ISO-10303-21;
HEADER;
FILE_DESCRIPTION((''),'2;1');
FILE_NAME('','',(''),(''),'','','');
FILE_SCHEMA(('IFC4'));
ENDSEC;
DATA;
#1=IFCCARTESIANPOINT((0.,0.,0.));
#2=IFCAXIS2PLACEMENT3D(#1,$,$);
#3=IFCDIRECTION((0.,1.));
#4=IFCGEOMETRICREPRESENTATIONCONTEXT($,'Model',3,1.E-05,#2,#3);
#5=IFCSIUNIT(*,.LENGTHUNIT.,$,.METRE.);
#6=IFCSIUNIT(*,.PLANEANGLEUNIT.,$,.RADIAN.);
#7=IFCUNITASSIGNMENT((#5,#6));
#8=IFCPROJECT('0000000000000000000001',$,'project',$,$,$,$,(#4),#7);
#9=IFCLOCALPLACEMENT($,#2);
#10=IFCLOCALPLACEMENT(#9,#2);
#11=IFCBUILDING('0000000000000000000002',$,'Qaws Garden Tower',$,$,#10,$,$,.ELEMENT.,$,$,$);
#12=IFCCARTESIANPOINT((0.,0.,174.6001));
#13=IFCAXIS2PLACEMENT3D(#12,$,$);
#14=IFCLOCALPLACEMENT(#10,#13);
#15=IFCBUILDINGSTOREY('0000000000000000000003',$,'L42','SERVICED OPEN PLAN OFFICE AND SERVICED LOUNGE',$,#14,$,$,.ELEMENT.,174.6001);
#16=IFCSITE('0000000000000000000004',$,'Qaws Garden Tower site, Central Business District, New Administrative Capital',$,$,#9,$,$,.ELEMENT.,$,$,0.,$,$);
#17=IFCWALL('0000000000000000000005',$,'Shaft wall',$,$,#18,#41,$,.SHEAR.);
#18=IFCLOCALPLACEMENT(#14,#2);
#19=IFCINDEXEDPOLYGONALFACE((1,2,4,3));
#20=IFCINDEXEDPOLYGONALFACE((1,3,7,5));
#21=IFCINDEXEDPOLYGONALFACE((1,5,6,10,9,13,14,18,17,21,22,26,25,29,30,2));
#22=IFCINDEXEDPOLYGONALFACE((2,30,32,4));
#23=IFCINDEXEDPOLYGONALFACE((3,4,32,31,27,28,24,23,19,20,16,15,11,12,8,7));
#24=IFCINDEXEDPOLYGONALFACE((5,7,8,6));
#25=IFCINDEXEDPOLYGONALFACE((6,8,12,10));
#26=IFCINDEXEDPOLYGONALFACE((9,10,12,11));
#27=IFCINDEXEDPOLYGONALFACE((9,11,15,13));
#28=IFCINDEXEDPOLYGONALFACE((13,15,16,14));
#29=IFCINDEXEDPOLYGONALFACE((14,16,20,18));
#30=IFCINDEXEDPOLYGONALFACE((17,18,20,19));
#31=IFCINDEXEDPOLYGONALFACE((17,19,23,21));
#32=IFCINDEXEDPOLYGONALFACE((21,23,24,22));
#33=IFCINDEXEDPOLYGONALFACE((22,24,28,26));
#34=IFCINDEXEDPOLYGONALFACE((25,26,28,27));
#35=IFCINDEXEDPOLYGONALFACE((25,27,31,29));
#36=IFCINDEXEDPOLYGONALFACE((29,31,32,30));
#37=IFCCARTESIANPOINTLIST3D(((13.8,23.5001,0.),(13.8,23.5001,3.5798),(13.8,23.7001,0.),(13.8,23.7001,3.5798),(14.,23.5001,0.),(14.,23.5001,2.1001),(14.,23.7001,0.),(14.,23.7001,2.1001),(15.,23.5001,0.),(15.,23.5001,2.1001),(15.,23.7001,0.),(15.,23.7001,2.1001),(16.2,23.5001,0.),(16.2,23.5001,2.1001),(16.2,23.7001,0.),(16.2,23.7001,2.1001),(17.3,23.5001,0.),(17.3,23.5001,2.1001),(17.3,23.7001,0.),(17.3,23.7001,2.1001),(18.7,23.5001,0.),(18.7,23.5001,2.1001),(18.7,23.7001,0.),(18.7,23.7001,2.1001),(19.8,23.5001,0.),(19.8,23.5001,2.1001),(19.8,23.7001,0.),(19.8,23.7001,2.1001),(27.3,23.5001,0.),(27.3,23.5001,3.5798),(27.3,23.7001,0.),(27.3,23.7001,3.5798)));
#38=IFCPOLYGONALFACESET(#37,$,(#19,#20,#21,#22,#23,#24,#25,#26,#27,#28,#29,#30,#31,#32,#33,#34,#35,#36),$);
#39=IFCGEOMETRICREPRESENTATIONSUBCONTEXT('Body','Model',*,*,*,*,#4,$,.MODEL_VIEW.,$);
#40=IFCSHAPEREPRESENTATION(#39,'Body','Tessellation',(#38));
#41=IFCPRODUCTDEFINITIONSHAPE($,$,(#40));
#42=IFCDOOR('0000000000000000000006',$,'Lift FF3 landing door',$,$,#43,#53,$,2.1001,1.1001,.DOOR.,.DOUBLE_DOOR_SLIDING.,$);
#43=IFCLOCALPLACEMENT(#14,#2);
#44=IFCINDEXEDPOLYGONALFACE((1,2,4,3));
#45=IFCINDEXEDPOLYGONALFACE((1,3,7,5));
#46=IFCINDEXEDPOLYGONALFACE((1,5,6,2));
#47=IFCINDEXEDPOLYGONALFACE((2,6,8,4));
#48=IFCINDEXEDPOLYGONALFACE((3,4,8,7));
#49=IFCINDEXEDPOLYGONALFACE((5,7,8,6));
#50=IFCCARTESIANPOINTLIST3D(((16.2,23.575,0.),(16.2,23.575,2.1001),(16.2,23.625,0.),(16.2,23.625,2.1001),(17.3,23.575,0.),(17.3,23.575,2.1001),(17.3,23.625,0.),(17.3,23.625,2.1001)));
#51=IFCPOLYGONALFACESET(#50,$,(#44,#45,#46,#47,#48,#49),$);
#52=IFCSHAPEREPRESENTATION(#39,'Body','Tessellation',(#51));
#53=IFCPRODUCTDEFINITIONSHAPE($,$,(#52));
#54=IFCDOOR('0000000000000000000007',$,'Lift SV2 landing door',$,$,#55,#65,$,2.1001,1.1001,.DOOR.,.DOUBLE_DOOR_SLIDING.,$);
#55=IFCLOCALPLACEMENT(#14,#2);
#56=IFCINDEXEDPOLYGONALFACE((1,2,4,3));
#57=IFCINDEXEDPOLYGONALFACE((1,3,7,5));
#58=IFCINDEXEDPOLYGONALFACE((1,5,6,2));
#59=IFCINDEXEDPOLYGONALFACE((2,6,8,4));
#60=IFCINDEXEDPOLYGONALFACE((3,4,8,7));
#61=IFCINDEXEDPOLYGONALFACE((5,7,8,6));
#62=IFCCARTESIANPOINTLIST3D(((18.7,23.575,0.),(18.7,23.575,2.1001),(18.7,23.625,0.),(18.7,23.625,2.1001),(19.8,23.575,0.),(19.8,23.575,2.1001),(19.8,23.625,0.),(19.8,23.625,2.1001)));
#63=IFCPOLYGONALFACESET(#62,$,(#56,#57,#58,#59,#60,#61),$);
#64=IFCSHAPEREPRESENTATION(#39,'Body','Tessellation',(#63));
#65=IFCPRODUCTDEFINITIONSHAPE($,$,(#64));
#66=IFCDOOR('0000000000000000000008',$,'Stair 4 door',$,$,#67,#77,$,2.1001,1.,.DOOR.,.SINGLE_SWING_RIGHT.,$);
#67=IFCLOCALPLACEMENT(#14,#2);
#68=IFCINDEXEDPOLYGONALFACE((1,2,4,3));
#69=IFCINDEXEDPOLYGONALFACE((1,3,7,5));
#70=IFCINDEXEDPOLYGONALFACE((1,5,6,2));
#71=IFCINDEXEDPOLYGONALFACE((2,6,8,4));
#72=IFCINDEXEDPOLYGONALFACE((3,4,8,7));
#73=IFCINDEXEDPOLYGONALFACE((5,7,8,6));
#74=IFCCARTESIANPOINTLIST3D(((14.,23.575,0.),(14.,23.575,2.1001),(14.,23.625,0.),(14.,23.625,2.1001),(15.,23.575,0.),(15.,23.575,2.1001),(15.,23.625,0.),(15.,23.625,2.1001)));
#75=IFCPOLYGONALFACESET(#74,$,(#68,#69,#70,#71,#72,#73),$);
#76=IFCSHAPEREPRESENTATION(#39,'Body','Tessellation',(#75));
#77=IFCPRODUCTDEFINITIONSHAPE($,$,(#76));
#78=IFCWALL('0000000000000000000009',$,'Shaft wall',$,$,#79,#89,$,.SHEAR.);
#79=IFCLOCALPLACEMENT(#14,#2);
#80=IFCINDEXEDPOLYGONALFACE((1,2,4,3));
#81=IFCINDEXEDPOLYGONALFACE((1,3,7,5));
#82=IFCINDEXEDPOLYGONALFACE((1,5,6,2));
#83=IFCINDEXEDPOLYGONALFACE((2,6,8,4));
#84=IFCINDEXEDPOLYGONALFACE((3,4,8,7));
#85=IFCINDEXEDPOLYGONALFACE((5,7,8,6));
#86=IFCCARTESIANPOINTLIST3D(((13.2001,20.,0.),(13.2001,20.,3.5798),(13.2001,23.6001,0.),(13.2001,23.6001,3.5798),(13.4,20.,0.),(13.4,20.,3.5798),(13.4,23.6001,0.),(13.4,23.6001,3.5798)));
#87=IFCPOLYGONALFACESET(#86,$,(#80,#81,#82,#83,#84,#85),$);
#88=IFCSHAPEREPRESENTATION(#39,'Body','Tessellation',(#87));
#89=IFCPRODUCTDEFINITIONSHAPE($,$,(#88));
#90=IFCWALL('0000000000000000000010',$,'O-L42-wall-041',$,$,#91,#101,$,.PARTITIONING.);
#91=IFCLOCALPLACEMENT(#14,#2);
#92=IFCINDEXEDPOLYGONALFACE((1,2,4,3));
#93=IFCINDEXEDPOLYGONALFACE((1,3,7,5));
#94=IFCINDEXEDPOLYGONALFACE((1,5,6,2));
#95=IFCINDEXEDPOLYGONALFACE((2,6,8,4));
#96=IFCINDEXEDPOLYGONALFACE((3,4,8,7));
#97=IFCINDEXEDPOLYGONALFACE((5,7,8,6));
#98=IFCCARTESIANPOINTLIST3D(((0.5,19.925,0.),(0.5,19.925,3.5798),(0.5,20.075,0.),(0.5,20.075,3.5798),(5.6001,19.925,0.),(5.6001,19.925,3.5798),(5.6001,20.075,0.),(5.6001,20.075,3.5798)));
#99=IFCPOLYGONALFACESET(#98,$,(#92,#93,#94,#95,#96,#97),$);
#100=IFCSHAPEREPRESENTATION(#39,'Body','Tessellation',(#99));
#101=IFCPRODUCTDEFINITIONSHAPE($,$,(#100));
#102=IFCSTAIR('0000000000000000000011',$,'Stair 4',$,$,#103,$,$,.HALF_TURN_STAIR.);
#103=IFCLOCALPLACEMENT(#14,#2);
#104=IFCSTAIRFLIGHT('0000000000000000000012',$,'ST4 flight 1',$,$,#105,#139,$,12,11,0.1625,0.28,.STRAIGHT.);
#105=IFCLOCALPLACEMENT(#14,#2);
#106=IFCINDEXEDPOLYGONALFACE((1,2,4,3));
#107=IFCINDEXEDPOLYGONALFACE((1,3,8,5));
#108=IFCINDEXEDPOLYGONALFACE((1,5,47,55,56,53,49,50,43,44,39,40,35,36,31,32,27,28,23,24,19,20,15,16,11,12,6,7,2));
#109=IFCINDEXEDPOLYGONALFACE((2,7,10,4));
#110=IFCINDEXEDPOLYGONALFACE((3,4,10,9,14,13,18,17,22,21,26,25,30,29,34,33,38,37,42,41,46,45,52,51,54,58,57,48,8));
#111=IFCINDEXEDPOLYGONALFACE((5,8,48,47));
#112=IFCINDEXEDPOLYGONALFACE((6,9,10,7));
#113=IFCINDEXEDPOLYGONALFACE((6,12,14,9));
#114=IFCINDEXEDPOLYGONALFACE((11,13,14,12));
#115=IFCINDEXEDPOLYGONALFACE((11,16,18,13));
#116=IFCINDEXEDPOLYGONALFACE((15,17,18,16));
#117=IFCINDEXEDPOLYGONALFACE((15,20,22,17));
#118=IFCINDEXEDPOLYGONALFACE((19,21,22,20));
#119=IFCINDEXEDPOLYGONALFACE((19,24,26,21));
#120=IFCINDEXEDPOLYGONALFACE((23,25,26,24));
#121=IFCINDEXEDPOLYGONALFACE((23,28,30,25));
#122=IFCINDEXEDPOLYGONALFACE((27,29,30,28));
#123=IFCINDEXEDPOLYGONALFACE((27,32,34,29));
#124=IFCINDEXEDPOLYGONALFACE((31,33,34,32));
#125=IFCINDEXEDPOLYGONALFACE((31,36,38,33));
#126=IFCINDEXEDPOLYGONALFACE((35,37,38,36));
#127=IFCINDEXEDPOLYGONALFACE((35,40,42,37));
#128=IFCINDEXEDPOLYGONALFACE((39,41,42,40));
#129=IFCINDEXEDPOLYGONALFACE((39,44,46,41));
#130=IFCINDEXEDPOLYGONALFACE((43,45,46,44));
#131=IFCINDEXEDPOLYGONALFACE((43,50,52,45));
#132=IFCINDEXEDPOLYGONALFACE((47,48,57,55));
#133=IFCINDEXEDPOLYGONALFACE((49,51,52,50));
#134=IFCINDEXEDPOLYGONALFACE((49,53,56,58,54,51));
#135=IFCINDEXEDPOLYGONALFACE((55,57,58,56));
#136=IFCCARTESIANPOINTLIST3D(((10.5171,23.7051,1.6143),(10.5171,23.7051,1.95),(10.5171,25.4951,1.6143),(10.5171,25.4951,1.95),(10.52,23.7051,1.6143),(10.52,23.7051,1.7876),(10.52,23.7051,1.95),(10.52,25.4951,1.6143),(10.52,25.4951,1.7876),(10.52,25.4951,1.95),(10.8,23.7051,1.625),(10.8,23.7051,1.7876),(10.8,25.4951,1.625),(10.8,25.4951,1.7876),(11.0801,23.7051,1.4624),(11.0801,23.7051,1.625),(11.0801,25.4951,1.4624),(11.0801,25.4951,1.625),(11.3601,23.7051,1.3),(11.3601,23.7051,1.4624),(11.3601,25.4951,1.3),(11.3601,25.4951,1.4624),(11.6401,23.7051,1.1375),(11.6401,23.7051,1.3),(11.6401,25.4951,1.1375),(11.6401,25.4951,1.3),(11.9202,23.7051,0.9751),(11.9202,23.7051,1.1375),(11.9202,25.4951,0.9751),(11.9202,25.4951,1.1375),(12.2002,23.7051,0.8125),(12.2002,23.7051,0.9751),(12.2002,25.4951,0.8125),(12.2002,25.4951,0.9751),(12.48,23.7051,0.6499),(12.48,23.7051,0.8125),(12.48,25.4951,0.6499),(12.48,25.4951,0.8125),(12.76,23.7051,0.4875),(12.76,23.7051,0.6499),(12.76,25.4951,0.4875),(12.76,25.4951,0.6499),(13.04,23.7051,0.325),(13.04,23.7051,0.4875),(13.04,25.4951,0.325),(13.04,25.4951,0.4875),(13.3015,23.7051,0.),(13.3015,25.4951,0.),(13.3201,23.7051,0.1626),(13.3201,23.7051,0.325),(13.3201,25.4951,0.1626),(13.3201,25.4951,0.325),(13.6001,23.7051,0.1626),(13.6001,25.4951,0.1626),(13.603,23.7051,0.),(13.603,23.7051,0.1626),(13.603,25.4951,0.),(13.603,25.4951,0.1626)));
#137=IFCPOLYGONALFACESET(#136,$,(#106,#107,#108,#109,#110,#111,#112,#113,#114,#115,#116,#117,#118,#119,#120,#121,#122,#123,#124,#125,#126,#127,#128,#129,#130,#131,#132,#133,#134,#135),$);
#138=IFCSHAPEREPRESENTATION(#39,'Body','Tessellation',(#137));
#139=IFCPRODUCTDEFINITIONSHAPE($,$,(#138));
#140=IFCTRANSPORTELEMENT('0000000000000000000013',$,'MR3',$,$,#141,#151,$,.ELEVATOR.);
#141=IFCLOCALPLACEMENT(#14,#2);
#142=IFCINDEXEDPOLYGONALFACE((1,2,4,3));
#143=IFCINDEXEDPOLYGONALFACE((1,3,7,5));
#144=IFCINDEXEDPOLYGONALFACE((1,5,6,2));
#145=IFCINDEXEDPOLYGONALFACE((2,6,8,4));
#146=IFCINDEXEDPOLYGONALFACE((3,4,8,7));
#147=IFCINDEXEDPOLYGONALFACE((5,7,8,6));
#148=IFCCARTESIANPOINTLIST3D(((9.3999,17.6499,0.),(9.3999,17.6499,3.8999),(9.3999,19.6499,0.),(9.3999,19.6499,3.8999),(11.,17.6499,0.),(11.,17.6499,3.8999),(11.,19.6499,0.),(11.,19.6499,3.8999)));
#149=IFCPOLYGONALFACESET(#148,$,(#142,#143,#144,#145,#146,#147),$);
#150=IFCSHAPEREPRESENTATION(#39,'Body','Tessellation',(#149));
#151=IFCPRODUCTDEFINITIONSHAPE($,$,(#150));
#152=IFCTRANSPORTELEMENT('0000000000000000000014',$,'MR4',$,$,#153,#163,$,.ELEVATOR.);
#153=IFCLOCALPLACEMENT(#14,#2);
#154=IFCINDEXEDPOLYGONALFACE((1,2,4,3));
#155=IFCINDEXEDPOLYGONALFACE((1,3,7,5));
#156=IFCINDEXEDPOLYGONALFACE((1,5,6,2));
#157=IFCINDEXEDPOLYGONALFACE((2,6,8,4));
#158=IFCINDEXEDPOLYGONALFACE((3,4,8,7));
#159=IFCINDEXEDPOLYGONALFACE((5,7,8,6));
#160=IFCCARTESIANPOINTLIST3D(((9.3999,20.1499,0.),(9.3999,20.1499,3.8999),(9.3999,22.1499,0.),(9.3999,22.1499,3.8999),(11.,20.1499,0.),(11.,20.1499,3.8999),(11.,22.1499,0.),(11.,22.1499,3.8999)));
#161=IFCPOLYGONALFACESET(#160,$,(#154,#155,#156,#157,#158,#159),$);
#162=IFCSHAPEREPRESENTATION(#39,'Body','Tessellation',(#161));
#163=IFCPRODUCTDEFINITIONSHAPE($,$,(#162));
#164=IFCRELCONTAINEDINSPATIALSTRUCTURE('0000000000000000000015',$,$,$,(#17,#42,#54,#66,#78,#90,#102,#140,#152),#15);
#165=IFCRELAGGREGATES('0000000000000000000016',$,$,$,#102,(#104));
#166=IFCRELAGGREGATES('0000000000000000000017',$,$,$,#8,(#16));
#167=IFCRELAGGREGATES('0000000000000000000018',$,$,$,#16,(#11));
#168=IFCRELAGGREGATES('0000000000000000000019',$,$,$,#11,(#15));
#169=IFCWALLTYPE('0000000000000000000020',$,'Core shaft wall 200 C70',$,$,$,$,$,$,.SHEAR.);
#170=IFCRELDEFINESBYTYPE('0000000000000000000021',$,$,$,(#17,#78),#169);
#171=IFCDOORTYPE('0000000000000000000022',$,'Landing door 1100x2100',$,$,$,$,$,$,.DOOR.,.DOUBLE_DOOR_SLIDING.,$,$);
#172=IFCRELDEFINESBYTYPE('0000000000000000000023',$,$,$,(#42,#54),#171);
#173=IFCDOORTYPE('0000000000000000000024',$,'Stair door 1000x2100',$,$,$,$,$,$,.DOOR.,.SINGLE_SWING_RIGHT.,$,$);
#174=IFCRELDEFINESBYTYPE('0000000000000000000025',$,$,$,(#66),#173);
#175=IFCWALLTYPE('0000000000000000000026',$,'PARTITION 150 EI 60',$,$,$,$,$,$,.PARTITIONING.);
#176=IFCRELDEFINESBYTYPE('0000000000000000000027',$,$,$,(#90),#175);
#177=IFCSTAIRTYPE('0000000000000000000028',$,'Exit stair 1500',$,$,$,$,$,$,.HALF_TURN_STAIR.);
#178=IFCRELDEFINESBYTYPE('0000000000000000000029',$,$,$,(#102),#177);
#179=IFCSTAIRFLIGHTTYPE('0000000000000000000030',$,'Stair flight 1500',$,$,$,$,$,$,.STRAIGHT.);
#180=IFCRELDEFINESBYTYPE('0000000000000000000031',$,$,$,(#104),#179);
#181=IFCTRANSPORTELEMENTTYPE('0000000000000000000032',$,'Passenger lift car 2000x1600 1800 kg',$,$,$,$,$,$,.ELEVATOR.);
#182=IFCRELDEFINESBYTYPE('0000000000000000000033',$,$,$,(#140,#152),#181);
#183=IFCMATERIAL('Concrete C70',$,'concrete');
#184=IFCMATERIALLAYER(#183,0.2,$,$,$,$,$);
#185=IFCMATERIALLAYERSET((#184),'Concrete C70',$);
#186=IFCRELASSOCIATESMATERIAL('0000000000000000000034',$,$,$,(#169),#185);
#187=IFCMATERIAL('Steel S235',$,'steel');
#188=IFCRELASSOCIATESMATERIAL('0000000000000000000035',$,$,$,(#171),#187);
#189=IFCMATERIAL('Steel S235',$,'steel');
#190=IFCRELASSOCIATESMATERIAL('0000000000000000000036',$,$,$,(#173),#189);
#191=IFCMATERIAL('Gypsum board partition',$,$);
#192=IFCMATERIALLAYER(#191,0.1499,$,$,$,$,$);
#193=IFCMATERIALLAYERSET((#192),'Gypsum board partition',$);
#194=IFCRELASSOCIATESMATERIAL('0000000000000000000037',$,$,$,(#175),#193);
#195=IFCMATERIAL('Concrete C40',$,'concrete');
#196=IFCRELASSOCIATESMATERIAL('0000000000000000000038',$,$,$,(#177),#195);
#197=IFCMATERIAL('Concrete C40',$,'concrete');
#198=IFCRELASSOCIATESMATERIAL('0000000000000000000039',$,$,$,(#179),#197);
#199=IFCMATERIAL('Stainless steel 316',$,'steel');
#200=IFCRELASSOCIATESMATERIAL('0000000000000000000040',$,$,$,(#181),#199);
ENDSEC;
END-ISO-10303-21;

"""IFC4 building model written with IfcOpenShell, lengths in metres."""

from ifc_helpers import new_model, si_unit, direction, frame, frame_2d, origin, origin_2d, place, context, subcontext, project, spatial, polyline, rectangle, outline, extrude, material, layer, layer_set, type_object, element, fill, aggregate, save


model = new_model("IFC4")

# Units and contexts
model_context = context("Model", 3, precision=1e-05, world=origin(), true_north=direction((0.0, 1.0)))
body_context = subcontext(model_context, "Body", "Model", "MODEL_VIEW")
ifc_project = project(units=[si_unit("LENGTHUNIT", "METRE"), si_unit("PLANEANGLEUNIT", "RADIAN")], contexts=[model_context])

# Site, building, storey
site_placement = place(None, origin())
site = spatial("IfcSite", under=ifc_project, at=site_placement, Name="Qaws Garden Tower site, Central Business District, New Administrative Capital", CompositionType="ELEMENT", RefElevation=0.0)
building_placement = place(site_placement, origin())
building = spatial("IfcBuilding", under=site, at=building_placement, Name="Qaws Garden Tower", CompositionType="ELEMENT")
storey_placement = place(building_placement, frame((0.0, 0.0, 174.6001)))
storey = spatial("IfcBuildingStorey", under=building, at=storey_placement, Name="L42", Description="SERVICED OPEN PLAN OFFICE AND SERVICED LOUNGE", CompositionType="ELEMENT", Elevation=174.6001)

# Shared definitions
ifc_material_1 = material(Name="Concrete C70", Category="concrete")
ifc_layer_1 = layer(ifc_material_1, 0.2)
ifc_layer_set_1 = layer_set([ifc_layer_1], Name="Concrete C70")
wall_type_1 = type_object("IfcWallType", Name="Core shaft wall 200 C70", PredefinedType="SHEAR", material=ifc_layer_set_1)

# Wall, openings, doors
wall_1_placement = place(storey_placement, frame((13.8, 23.6001, 0.0), z_axis=(0.0, 0.0, 1.0), x_axis=(1.0, 0.0, 0.0)))
wall_1 = element("IfcWall", 1, at=wall_1_placement, inside=storey, type_object=wall_type_1, Name="Shaft wall", PredefinedType="SHEAR", context=body_context, shape_type="SweptSolid", body=[
    extrude(rectangle(XDim=13.5, YDim=0.2, at=frame_2d((6.75, 0.0))), origin(), (0.0, 0.0, 1.0), 3.5798),
])
opening_1_placement = place(wall_1_placement, frame((2.3999, 0.0, 0.0)))
opening_1 = element("IfcOpeningElement", 2, at=opening_1_placement, cuts=wall_1, PredefinedType="OPENING", context=body_context, shape_type="SweptSolid", body=[
    extrude(rectangle(XDim=1.1001, YDim=2.1001, at=frame_2d((0.55, 1.05))), frame((0.0, 0.1099, 0.0), z_axis=(0.0, -1.0, 0.0), x_axis=(1.0, 0.0, 0.0)), (0.0, 0.0, 1.0), 0.22),
])
opening_2_placement = place(wall_1_placement, frame((4.8999, 0.0, 0.0)))
opening_2 = element("IfcOpeningElement", 3, at=opening_2_placement, cuts=wall_1, PredefinedType="OPENING", context=body_context, shape_type="SweptSolid", body=[
    extrude(rectangle(XDim=1.1001, YDim=2.1001, at=frame_2d((0.55, 1.05))), frame((0.0, 0.1099, 0.0), z_axis=(0.0, -1.0, 0.0), x_axis=(1.0, 0.0, 0.0)), (0.0, 0.0, 1.0), 0.22),
])
opening_3_placement = place(wall_1_placement, frame((0.2, 0.0, 0.0)))
opening_3 = element("IfcOpeningElement", 4, at=opening_3_placement, cuts=wall_1, PredefinedType="OPENING", context=body_context, shape_type="SweptSolid", body=[
    extrude(rectangle(XDim=1.0, YDim=2.1001, at=frame_2d((0.5, 1.05))), frame((0.0, 0.1099, 0.0), z_axis=(0.0, -1.0, 0.0), x_axis=(1.0, 0.0, 0.0)), (0.0, 0.0, 1.0), 0.22),
])
ifc_material_2 = material(Name="Steel S235", Category="steel")
door_type_1 = type_object("IfcDoorType", Name="Landing door 1100x2100", OperationType="DOUBLE_DOOR_SLIDING", PredefinedType="DOOR", material=ifc_material_2)
door_1_placement = place(opening_1_placement, origin())
door_1 = element("IfcDoor", 5, at=door_1_placement, inside=storey, type_object=door_type_1, Name="Lift FF3 landing door", OperationType="DOUBLE_DOOR_SLIDING", OverallHeight=2.1001, OverallWidth=1.1001, PredefinedType="DOOR", context=body_context, shape_type="SweptSolid", body=[
    extrude(rectangle(XDim=1.1001, YDim=2.1001, at=frame_2d((0.55, 1.05))), frame((0.0, 0.0249, 0.0), z_axis=(0.0, -1.0, 0.0), x_axis=(1.0, 0.0, 0.0)), (0.0, 0.0, 1.0), 0.05),
])
fill(opening_1, door_1)
door_2_placement = place(opening_2_placement, origin())
door_2 = element("IfcDoor", 6, at=door_2_placement, inside=storey, type_object=door_type_1, Name="Lift SV2 landing door", OperationType="DOUBLE_DOOR_SLIDING", OverallHeight=2.1001, OverallWidth=1.1001, PredefinedType="DOOR", context=body_context, shape_type="SweptSolid", body=[
    extrude(rectangle(XDim=1.1001, YDim=2.1001, at=frame_2d((0.55, 1.05))), frame((0.0, 0.0249, 0.0), z_axis=(0.0, -1.0, 0.0), x_axis=(1.0, 0.0, 0.0)), (0.0, 0.0, 1.0), 0.05),
])
fill(opening_2, door_2)
ifc_material_3 = material(Name="Steel S235", Category="steel")
door_type_2 = type_object("IfcDoorType", Name="Stair door 1000x2100", OperationType="SINGLE_SWING_RIGHT", PredefinedType="DOOR", material=ifc_material_3)
door_3_placement = place(opening_3_placement, origin())
door_3 = element("IfcDoor", 7, at=door_3_placement, inside=storey, type_object=door_type_2, Name="Stair 4 door", OperationType="SINGLE_SWING_RIGHT", OverallHeight=2.1001, OverallWidth=1.0, PredefinedType="DOOR", context=body_context, shape_type="SweptSolid", body=[
    extrude(rectangle(XDim=1.0, YDim=2.1001, at=frame_2d((0.5, 1.05))), frame((0.0, 0.0249, 0.0), z_axis=(0.0, -1.0, 0.0), x_axis=(1.0, 0.0, 0.0)), (0.0, 0.0, 1.0), 0.05),
])
fill(opening_3, door_3)

# Walls
wall_2_placement = place(storey_placement, frame((13.3, 20.0, 0.0), z_axis=(0.0, 0.0, 1.0), x_axis=(0.0, 1.0, 0.0)))
element("IfcWall", 8, at=wall_2_placement, inside=storey, type_object=wall_type_1, Name="Shaft wall", PredefinedType="SHEAR", context=body_context, shape_type="SweptSolid", body=[
    extrude(rectangle(XDim=3.6001, YDim=0.2, at=frame_2d((1.8, 0.0))), origin(), (0.0, 0.0, 1.0), 3.5798),
])
ifc_material_4 = material(Name="Gypsum board partition")
ifc_layer_2 = layer(ifc_material_4, 0.1499)
ifc_layer_set_2 = layer_set([ifc_layer_2], Name="Gypsum board partition")
wall_type_2 = type_object("IfcWallType", Name="PARTITION 150 EI 60", PredefinedType="PARTITIONING", material=ifc_layer_set_2)
wall_3_placement = place(storey_placement, frame((0.5, 20.0, 0.0), z_axis=(0.0, 0.0, 1.0), x_axis=(1.0, 0.0, 0.0)))
element("IfcWall", 9, at=wall_3_placement, inside=storey, type_object=wall_type_2, Name="O-L42-wall-041", PredefinedType="PARTITIONING", context=body_context, shape_type="SweptSolid", body=[
    extrude(rectangle(XDim=5.1001, YDim=0.1499, at=frame_2d((2.55, 0.0))), origin(), (0.0, 0.0, 1.0), 3.5798),
])

# Stair, stair flight
ifc_material_5 = material(Name="Concrete C40", Category="concrete")
stair_type = type_object("IfcStairType", Name="Exit stair 1500", PredefinedType="HALF_TURN_STAIR", material=ifc_material_5)
stair_placement = place(storey_placement, origin())
stair = element("IfcStair", 10, at=stair_placement, inside=storey, type_object=stair_type, Name="Stair 4", PredefinedType="HALF_TURN_STAIR")
ifc_material_6 = material(Name="Concrete C40", Category="concrete")
stair_flight_type = type_object("IfcStairFlightType", Name="Stair flight 1500", PredefinedType="STRAIGHT", material=ifc_material_6)
stair_flight_placement = place(storey_placement, frame((13.6001, 24.6001, 0.0), z_axis=(0.0, 0.0, 1.0), x_axis=(-1.0, 0.0, 0.0)))
stair_flight = element("IfcStairFlight", 11, at=stair_flight_placement, type_object=stair_flight_type, Name="ST4 flight 1", NumberOfRisers=12, NumberOfTreads=11, PredefinedType="STRAIGHT", RiserHeight=0.1625, TreadLength=0.28, context=body_context, shape_type="SweptSolid", body=[
    extrude(outline(polyline([(-0.0029, 0.0), (-0.0029, 0.1626), (0.0, 0.1626), (0.28, 0.1626), (0.28, 0.325), (0.5601, 0.325), (0.5601, 0.4875), (0.8401, 0.4875), (0.8401, 0.6499), (1.1201, 0.6499), (1.1201, 0.8125), (1.3999, 0.8125), (1.3999, 0.9751), (1.6799, 0.9751), (1.6799, 1.1375), (1.96, 1.1375), (1.96, 1.3), (2.24, 1.3), (2.24, 1.4624), (2.52, 1.4624), (2.52, 1.625), (2.8, 1.625), (2.8, 1.7876), (3.0801, 1.7876), (3.0801, 1.95), (3.083, 1.95), (3.083, 1.6143), (3.0801, 1.6143), (0.2986, 0.0), (-0.0029, 0.0)])), frame((0.0, 0.895, 0.0), z_axis=(0.0, -1.0, 0.0), x_axis=(1.0, 0.0, 0.0)), (0.0, 0.0, 1.0), 1.79),
])
aggregate(stair, [stair_flight])

# Transport elements
ifc_material_7 = material(Name="Stainless steel 316", Category="steel")
transport_element_type = type_object("IfcTransportElementType", Name="Passenger lift car 2000x1600 1800 kg", PredefinedType="ELEVATOR", material=ifc_material_7)
for number, where, z_axis, x_axis, name in (
    (12, (10.2, 18.6499, 0.0), (0.0, 0.0, 1.0), (1.0, 0.0, 0.0), "MR3"),
    (13, (10.2, 21.1499, 0.0), (0.0, 0.0, 1.0), (1.0, 0.0, 0.0), "MR4"),
):
    element("IfcTransportElement", number, at=place(storey_placement, frame(where, z_axis=z_axis, x_axis=x_axis)), inside=storey, type_object=transport_element_type, Name=name, PredefinedType="ELEVATOR", context=body_context, shape_type="SweptSolid", body=[
        extrude(rectangle(XDim=1.6001, YDim=2.0, at=origin_2d()), origin(), (0.0, 0.0, 1.0), 3.8999),
    ])

save(model, "model.ifc")
